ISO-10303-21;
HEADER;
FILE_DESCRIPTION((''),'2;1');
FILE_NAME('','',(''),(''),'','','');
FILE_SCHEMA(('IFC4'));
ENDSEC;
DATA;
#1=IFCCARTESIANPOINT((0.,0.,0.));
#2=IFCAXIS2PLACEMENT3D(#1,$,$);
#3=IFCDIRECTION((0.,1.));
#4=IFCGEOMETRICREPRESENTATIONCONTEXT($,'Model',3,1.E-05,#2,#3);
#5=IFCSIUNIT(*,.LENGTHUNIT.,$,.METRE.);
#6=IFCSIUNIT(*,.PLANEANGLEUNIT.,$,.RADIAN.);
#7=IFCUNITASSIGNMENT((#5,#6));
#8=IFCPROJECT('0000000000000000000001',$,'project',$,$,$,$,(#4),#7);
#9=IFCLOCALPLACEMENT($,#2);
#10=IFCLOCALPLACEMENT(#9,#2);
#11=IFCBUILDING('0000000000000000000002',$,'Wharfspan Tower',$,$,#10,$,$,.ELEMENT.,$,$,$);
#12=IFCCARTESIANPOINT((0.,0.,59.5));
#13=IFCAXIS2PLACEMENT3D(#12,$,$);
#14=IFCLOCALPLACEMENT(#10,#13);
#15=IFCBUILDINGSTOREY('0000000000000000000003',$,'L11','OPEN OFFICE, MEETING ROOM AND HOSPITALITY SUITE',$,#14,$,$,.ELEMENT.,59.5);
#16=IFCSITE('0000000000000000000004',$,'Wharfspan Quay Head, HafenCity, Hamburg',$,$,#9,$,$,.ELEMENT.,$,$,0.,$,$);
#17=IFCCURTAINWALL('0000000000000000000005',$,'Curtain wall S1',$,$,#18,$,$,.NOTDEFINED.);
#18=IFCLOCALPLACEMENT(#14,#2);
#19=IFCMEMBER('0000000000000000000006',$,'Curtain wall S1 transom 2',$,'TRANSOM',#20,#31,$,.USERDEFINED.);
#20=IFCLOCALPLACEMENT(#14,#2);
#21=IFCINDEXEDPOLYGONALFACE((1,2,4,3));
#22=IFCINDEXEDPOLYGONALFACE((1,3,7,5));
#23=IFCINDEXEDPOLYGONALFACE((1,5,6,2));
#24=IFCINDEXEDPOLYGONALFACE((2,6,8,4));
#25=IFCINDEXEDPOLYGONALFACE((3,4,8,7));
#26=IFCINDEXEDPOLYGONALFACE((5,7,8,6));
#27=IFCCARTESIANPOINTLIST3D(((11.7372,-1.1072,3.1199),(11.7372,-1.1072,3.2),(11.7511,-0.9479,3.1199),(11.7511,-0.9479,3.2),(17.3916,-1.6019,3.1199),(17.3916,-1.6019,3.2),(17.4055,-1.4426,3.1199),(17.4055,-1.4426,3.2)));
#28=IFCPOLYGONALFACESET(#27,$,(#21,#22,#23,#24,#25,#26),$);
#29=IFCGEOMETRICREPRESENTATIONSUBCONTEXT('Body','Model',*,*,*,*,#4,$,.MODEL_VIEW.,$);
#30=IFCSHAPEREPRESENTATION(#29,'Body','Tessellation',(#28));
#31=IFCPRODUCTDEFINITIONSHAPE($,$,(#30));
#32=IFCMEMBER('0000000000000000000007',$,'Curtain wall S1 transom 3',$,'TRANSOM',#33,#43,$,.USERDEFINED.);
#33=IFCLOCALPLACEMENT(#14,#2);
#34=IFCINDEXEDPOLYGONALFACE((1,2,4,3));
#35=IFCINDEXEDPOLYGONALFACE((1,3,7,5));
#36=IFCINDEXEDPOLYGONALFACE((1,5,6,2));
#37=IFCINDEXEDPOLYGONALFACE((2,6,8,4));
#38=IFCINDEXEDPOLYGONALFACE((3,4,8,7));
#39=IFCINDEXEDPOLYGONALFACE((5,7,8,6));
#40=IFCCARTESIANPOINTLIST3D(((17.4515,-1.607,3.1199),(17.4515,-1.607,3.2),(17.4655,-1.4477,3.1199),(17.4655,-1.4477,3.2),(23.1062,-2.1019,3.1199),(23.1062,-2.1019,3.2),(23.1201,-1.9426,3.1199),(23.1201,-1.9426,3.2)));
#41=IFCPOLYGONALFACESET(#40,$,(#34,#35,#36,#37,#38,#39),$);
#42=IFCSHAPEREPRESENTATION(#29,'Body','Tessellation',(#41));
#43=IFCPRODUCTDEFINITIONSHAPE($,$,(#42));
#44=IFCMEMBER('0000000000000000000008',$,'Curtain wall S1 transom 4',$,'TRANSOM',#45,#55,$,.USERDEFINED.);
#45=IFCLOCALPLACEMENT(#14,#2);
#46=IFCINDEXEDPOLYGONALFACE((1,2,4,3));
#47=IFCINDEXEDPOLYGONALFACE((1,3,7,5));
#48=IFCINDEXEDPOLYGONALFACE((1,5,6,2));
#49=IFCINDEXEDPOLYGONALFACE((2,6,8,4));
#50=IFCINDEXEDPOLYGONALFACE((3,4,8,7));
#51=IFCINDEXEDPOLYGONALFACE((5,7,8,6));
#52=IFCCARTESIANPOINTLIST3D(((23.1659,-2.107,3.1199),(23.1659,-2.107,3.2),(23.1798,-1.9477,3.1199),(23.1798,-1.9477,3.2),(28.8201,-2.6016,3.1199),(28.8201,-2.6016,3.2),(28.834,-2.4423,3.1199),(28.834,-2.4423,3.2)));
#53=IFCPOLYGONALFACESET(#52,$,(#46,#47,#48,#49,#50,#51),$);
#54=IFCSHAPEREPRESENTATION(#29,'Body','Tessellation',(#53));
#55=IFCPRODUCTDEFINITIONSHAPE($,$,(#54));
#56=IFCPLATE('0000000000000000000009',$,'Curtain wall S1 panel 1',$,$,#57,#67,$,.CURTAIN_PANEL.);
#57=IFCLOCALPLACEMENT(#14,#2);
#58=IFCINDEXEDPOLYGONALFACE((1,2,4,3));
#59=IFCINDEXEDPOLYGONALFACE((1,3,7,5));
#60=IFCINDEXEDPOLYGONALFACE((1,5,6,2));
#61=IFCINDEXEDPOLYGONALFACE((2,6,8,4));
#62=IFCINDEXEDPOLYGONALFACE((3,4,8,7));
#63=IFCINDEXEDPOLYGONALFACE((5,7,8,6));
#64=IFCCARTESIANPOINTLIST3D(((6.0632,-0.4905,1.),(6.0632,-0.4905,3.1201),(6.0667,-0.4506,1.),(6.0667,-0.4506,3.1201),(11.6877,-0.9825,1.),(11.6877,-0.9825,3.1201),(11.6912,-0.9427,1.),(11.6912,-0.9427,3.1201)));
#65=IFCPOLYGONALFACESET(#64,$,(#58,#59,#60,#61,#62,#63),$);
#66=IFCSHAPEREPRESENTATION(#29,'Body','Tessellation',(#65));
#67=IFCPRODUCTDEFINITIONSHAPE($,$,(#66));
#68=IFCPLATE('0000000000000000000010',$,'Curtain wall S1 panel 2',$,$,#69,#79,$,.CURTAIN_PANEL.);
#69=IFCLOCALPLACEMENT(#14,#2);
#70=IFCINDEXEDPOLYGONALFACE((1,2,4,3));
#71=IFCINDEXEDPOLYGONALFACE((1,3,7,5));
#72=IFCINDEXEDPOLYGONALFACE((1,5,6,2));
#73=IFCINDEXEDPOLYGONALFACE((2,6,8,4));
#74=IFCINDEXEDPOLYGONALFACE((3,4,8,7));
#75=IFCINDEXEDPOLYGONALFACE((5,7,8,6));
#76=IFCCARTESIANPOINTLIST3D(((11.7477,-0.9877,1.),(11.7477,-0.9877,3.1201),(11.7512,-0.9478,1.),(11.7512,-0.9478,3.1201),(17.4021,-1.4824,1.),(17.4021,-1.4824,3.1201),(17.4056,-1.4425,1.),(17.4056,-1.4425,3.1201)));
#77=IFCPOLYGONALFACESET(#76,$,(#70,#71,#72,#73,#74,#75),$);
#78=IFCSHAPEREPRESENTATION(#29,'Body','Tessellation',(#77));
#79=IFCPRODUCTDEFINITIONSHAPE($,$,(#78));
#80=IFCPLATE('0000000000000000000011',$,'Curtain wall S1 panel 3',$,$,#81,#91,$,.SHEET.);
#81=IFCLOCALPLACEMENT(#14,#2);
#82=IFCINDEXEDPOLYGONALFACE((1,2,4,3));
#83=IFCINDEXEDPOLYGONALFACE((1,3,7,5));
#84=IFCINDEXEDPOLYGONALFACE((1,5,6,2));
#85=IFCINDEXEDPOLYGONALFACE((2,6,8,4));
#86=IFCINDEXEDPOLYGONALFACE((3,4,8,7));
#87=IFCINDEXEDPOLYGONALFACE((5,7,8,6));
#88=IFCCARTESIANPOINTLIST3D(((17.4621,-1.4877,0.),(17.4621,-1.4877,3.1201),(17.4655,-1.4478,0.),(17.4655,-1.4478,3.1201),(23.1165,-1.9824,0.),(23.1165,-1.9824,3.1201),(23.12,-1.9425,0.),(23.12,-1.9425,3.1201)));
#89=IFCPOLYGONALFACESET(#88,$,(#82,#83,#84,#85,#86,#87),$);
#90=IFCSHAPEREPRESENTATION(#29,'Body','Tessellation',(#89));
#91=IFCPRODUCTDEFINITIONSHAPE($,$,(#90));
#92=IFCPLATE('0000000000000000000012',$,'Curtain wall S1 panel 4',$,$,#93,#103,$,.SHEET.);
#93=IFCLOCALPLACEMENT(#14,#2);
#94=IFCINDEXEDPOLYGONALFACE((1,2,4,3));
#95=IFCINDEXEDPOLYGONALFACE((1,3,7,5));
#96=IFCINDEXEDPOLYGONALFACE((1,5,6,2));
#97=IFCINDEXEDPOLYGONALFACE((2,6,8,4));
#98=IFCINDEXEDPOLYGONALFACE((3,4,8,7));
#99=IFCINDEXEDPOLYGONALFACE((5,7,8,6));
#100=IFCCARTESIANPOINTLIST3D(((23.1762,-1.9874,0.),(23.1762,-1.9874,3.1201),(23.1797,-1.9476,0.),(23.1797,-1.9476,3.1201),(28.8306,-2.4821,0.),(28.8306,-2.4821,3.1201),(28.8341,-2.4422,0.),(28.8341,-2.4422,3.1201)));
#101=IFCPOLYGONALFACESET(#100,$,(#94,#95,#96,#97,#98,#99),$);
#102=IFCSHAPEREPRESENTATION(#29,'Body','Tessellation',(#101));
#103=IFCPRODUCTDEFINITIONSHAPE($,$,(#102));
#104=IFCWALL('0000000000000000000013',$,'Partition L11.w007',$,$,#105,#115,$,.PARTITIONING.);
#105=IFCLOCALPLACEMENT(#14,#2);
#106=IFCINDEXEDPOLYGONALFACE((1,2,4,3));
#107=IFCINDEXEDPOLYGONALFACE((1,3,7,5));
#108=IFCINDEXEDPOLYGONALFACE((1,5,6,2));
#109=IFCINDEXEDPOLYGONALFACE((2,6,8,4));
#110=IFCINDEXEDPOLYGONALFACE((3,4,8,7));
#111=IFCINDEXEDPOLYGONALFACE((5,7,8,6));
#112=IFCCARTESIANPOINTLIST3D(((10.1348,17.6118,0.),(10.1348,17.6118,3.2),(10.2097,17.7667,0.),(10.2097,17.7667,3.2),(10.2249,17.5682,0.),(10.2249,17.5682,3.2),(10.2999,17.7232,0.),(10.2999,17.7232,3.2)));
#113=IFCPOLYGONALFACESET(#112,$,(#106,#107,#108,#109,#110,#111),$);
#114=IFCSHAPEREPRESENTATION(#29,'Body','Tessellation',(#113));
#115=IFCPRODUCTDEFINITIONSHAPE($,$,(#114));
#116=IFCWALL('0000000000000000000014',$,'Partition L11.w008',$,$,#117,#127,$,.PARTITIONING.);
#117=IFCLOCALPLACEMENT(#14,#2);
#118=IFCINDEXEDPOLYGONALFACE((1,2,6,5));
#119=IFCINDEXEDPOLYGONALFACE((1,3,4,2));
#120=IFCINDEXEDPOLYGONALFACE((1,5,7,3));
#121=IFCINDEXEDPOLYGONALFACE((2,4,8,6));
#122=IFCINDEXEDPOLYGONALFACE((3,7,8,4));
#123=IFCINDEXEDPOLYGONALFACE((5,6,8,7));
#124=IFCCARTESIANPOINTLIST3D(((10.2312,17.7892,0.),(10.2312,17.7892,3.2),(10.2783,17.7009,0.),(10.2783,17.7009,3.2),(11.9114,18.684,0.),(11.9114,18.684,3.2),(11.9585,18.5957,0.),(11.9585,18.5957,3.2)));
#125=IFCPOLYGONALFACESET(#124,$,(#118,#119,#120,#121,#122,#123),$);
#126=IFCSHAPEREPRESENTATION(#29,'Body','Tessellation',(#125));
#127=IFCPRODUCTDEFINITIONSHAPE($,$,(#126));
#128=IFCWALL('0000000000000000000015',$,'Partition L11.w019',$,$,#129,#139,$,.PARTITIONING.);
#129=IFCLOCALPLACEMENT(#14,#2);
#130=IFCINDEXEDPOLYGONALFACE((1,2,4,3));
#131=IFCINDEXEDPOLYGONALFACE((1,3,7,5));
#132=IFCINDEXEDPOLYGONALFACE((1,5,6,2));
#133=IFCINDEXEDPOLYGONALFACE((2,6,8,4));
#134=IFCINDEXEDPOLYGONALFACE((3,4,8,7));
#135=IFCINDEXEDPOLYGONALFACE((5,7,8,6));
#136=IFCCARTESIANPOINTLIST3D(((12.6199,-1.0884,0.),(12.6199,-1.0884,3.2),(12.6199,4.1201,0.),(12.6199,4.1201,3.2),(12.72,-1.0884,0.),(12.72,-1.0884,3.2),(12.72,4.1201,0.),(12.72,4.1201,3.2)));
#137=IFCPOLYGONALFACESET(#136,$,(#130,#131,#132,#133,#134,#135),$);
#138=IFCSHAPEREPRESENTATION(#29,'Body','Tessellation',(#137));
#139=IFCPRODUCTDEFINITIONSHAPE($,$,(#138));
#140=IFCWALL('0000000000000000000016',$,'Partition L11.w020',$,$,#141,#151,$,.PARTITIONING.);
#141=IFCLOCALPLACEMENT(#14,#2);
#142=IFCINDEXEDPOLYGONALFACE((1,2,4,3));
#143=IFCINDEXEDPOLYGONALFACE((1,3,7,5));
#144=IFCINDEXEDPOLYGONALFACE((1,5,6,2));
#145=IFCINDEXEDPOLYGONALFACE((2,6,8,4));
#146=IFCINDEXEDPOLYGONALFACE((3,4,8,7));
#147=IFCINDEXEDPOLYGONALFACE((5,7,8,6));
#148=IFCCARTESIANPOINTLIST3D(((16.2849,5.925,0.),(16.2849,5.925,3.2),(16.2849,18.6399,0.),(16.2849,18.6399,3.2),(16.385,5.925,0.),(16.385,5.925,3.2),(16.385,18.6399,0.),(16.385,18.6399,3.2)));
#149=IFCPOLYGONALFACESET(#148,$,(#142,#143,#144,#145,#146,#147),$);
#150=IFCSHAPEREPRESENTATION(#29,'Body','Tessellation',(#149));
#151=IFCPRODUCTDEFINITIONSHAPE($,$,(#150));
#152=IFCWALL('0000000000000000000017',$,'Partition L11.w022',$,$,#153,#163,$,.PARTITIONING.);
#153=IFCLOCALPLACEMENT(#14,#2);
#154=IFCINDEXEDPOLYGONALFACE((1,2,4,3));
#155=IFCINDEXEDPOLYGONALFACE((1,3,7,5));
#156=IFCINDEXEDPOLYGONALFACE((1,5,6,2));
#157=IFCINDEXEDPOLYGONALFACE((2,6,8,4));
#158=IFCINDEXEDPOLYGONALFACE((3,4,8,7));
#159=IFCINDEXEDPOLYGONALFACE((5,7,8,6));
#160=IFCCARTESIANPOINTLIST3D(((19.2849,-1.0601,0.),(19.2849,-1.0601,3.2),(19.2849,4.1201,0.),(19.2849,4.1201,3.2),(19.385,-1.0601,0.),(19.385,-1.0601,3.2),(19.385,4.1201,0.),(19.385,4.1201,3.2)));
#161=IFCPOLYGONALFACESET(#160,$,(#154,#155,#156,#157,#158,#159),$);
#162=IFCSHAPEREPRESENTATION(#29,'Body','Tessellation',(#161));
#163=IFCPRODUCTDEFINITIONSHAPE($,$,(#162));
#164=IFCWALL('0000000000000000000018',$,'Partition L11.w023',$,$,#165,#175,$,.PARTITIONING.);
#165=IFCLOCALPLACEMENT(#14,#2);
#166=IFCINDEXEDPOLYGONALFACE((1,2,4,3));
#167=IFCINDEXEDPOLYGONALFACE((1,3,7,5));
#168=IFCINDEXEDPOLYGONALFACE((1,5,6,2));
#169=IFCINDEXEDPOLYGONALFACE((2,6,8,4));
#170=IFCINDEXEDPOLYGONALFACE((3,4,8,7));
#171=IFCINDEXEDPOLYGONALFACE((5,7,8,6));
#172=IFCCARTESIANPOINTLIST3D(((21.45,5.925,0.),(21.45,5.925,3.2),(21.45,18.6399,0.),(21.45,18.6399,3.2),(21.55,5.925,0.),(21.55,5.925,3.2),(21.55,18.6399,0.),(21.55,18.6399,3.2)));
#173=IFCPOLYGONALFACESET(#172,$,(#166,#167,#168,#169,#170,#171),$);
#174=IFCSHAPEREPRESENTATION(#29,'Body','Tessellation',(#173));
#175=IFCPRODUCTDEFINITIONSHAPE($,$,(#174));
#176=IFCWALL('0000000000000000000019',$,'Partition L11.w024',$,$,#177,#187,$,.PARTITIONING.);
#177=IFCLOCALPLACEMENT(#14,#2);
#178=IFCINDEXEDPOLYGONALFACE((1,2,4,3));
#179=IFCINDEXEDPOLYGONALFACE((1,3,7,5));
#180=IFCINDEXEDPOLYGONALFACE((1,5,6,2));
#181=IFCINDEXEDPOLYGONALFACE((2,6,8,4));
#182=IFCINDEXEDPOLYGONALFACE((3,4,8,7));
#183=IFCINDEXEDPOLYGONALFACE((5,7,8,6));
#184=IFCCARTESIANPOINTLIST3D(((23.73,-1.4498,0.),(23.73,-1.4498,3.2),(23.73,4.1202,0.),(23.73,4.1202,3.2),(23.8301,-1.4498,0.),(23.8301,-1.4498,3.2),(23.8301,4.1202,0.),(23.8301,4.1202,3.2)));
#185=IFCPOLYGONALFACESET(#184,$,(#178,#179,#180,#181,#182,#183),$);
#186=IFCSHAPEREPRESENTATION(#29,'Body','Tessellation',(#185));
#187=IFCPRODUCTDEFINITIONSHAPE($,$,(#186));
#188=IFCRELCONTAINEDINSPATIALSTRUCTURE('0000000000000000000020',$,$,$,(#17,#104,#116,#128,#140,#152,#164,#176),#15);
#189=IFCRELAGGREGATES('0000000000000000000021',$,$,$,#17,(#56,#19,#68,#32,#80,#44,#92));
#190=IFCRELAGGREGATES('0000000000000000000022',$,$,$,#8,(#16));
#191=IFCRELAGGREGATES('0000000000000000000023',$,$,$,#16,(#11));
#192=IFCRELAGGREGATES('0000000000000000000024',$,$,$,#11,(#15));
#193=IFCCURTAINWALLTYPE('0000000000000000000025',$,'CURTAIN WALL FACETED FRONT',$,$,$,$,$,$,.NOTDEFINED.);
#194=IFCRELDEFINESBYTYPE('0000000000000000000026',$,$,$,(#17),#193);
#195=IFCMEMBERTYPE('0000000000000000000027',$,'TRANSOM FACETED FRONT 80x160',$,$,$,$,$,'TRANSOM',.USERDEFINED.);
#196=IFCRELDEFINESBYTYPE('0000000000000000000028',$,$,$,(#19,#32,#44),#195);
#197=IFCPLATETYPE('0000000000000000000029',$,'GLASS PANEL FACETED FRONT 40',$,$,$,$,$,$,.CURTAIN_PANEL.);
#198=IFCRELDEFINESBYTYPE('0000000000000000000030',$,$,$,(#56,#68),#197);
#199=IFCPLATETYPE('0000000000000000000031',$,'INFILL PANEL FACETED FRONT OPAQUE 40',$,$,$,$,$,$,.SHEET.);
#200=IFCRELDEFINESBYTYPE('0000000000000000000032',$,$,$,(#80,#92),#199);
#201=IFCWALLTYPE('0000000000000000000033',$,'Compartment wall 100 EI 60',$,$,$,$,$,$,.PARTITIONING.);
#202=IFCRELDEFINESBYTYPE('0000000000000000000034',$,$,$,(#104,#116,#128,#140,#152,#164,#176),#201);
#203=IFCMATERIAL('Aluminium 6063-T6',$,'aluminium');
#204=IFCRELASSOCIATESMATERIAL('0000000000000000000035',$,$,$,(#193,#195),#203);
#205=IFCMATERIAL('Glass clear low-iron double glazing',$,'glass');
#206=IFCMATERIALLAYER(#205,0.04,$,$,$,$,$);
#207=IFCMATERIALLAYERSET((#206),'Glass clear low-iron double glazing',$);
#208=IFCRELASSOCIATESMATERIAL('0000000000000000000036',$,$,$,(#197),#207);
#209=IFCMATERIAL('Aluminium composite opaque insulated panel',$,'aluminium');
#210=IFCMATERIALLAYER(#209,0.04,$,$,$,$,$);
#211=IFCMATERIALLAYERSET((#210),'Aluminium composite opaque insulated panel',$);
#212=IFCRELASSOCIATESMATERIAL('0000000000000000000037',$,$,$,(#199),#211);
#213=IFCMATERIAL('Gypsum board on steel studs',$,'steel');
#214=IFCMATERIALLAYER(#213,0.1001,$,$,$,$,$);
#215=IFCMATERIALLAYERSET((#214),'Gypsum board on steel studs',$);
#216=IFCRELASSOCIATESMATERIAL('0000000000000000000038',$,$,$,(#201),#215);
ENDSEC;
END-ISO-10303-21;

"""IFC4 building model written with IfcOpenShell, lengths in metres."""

from ifc_helpers import new_model, si_unit, direction, frame, frame_2d, origin, origin_2d, place, context, subcontext, project, spatial, rectangle, extrude, material, layer, layer_set, material_profile, profile_set, type_object, element, aggregate, save


model = new_model("IFC4")

# Units and contexts
model_context = context("Model", 3, precision=1e-05, world=origin(), true_north=direction((0.0, 1.0)))
body_context = subcontext(model_context, "Body", "Model", "MODEL_VIEW")
ifc_project = project(units=[si_unit("LENGTHUNIT", "METRE"), si_unit("PLANEANGLEUNIT", "RADIAN")], contexts=[model_context])

# Site, building, storey
site_placement = place(None, origin())
site = spatial("IfcSite", under=ifc_project, at=site_placement, Name="Wharfspan Quay Head, HafenCity, Hamburg", CompositionType="ELEMENT", RefElevation=0.0)
building_placement = place(site_placement, origin())
building = spatial("IfcBuilding", under=site, at=building_placement, Name="Wharfspan Tower", CompositionType="ELEMENT")
storey_placement = place(building_placement, frame((0.0, 0.0, 59.5)))
storey = spatial("IfcBuildingStorey", under=building, at=storey_placement, Name="L11", Description="OPEN OFFICE, MEETING ROOM AND HOSPITALITY SUITE", CompositionType="ELEMENT", Elevation=59.5)

# Curtain wall
ifc_material_1 = material(Name="Aluminium 6063-T6", Category="aluminium")
curtain_wall_type = type_object("IfcCurtainWallType", Name="CURTAIN WALL FACETED FRONT", PredefinedType="NOTDEFINED", material=ifc_material_1)
curtain_wall_placement = place(storey_placement, origin())
curtain_wall = element("IfcCurtainWall", 1, at=curtain_wall_placement, inside=storey, type_object=curtain_wall_type, Name="Curtain wall S1", PredefinedType="NOTDEFINED")

# Members
ifc_material_profile_1 = material_profile(ifc_material_1, rectangle(XDim=0.1599, YDim=0.0801, at=origin_2d()))
ifc_profile_set_1 = profile_set([ifc_material_profile_1], Name="Aluminium 6063-T6")
member_type_1 = type_object("IfcMemberType", Name="TRANSOM FACETED FRONT 80x160", ElementType="TRANSOM", PredefinedType="USERDEFINED", material=ifc_profile_set_1)
member_1_placement = place(storey_placement, frame((11.7441, -1.0276, 3.1599), z_axis=(0.996196, -0.087142, 0.0), x_axis=(0.087142, 0.996196, 0.0)))
member_1 = element("IfcMember", 2, at=member_1_placement, type_object=member_type_1, Name="Curtain wall S1 transom 2", ObjectType="TRANSOM", PredefinedType="USERDEFINED", context=body_context, shape_type="SweptSolid", body=[
    extrude(rectangle(XDim=0.1599, YDim=0.0801, at=origin_2d()), origin(), (0.0, 0.0, 1.0), 5.676),
])
member_2_placement = place(storey_placement, frame((17.4585, -1.5273, 3.1599), z_axis=(0.996192, -0.087185, 0.0), x_axis=(0.087185, 0.996192, 0.0)))
member_2 = element("IfcMember", 3, at=member_2_placement, type_object=member_type_1, Name="Curtain wall S1 transom 3", ObjectType="TRANSOM", PredefinedType="USERDEFINED", context=body_context, shape_type="SweptSolid", body=[
    extrude(rectangle(XDim=0.1599, YDim=0.0801, at=origin_2d()), origin(), (0.0, 0.0, 1.0), 5.6763),
])
member_3_placement = place(storey_placement, frame((23.1729, -2.0273, 3.1599), z_axis=(0.996196, -0.087146, 0.0), x_axis=(0.087146, 0.996196, 0.0)))
member_3 = element("IfcMember", 4, at=member_3_placement, type_object=member_type_1, Name="Curtain wall S1 transom 4", ObjectType="TRANSOM", PredefinedType="USERDEFINED", context=body_context, shape_type="SweptSolid", body=[
    extrude(rectangle(XDim=0.1599, YDim=0.0801, at=origin_2d()), origin(), (0.0, 0.0, 1.0), 5.6758),
])

# Plates
ifc_material_2 = material(Name="Glass clear low-iron double glazing", Category="glass")
ifc_layer_1 = layer(ifc_material_2, 0.04)
ifc_layer_set_1 = layer_set([ifc_layer_1], Name="Glass clear low-iron double glazing")
plate_type_1 = type_object("IfcPlateType", Name="GLASS PANEL FACETED FRONT 40", PredefinedType="CURTAIN_PANEL", material=ifc_layer_set_1)
plate_1_placement = place(storey_placement, frame((8.8772, -0.7166, 1.0), z_axis=(0.0, 0.0, 1.0), x_axis=(0.996197, -0.087156, 0.0)))
plate_1 = element("IfcPlate", 5, at=plate_1_placement, type_object=plate_type_1, Name="Curtain wall S1 panel 1", PredefinedType="CURTAIN_PANEL", context=body_context, shape_type="SweptSolid", body=[
    extrude(rectangle(XDim=5.646, YDim=0.04, at=origin_2d()), origin(), (0.0, 0.0, 1.0), 2.1201),
])
plate_2_placement = place(storey_placement, frame((14.5767, -1.2151, 1.0), z_axis=(0.0, 0.0, 1.0), x_axis=(0.996197, -0.087156, 0.0)))
plate_2 = element("IfcPlate", 6, at=plate_2_placement, type_object=plate_type_1, Name="Curtain wall S1 panel 2", PredefinedType="CURTAIN_PANEL", context=body_context, shape_type="SweptSolid", body=[
    extrude(rectangle(XDim=5.676, YDim=0.04, at=origin_2d()), origin(), (0.0, 0.0, 1.0), 2.1201),
])
ifc_material_3 = material(Name="Aluminium composite opaque insulated panel", Category="aluminium")
ifc_layer_2 = layer(ifc_material_3, 0.04)
ifc_layer_set_2 = layer_set([ifc_layer_2], Name="Aluminium composite opaque insulated panel")
plate_type_2 = type_object("IfcPlateType", Name="INFILL PANEL FACETED FRONT OPAQUE 40", PredefinedType="SHEET", material=ifc_layer_set_2)
plate_3_placement = place(storey_placement, frame((20.291, -1.7151, 0.0), z_axis=(0.0, 0.0, 1.0), x_axis=(0.996197, -0.087156, 0.0)))
plate_3 = element("IfcPlate", 7, at=plate_3_placement, type_object=plate_type_2, Name="Curtain wall S1 panel 3", PredefinedType="SHEET", context=body_context, shape_type="SweptSolid", body=[
    extrude(rectangle(XDim=5.676, YDim=0.04, at=origin_2d()), origin(), (0.0, 0.0, 1.0), 3.1201),
])
plate_4_placement = place(storey_placement, frame((26.0051, -2.2148, 0.0), z_axis=(0.0, 0.0, 1.0), x_axis=(0.996197, -0.087156, 0.0)))
plate_4 = element("IfcPlate", 8, at=plate_4_placement, type_object=plate_type_2, Name="Curtain wall S1 panel 4", PredefinedType="SHEET", context=body_context, shape_type="SweptSolid", body=[
    extrude(rectangle(XDim=5.676, YDim=0.04, at=origin_2d()), origin(), (0.0, 0.0, 1.0), 3.1201),
])
aggregate(curtain_wall, [plate_1, member_1, plate_2, member_2, plate_3, member_3, plate_4])

# Walls
ifc_material_4 = material(Name="Gypsum board on steel studs", Category="steel")
ifc_layer_3 = layer(ifc_material_4, 0.1001)
ifc_layer_set_3 = layer_set([ifc_layer_3], Name="Gypsum board on steel studs")
wall_type = type_object("IfcWallType", Name="Compartment wall 100 EI 60", PredefinedType="PARTITIONING", material=ifc_layer_set_3)
wall_1_placement = place(storey_placement, frame((10.1799, 17.5901, 0.0), z_axis=(0.0, 0.0, 1.0), x_axis=(0.435266, 0.900306, 0.0)))
element("IfcWall", 9, at=wall_1_placement, inside=storey, type_object=wall_type, Name="Partition L11.w007", PredefinedType="PARTITIONING", context=body_context, shape_type="SweptSolid", body=[
    extrude(rectangle(XDim=0.1721, YDim=0.1001, at=frame_2d((0.0859, 0.0))), origin(), (0.0, 0.0, 1.0), 3.2),
])
wall_2_placement = place(storey_placement, frame((10.2549, 17.7451, 0.0), z_axis=(0.0, 0.0, 1.0), x_axis=(0.882644, 0.470051, 0.0)))
element("IfcWall", 10, at=wall_2_placement, inside=storey, type_object=wall_type, Name="Partition L11.w008", PredefinedType="PARTITIONING", context=body_context, shape_type="SweptSolid", body=[
    extrude(rectangle(XDim=1.9036, YDim=0.1001, at=frame_2d((0.9517, 0.0))), origin(), (0.0, 0.0, 1.0), 3.2),
])
wall_3_placement = place(storey_placement, frame((12.6699, -1.0884, 0.0), z_axis=(0.0, 0.0, 1.0), x_axis=(0.0, 1.0, 0.0)))
element("IfcWall", 11, at=wall_3_placement, inside=storey, type_object=wall_type, Name="Partition L11.w019", PredefinedType="PARTITIONING", context=body_context, shape_type="SweptSolid", body=[
    extrude(rectangle(XDim=5.2085, YDim=0.1001, at=frame_2d((2.6042, 0.0))), origin(), (0.0, 0.0, 1.0), 3.2),
])
wall_4_placement = place(storey_placement, frame((16.335, 5.925, 0.0), z_axis=(0.0, 0.0, 1.0), x_axis=(0.0, 1.0, 0.0)))
element("IfcWall", 12, at=wall_4_placement, inside=storey, type_object=wall_type, Name="Partition L11.w020", PredefinedType="PARTITIONING", context=body_context, shape_type="SweptSolid", body=[
    extrude(rectangle(XDim=12.7148, YDim=0.1001, at=frame_2d((6.3574, 0.0))), origin(), (0.0, 0.0, 1.0), 3.2),
])
wall_5_placement = place(storey_placement, frame((19.335, -1.0601, 0.0), z_axis=(0.0, 0.0, 1.0), x_axis=(0.0, 1.0, 0.0)))
element("IfcWall", 13, at=wall_5_placement, inside=storey, type_object=wall_type, Name="Partition L11.w022", PredefinedType="PARTITIONING", context=body_context, shape_type="SweptSolid", body=[
    extrude(rectangle(XDim=5.1802, YDim=0.1001, at=frame_2d((2.5901, 0.0))), origin(), (0.0, 0.0, 1.0), 3.2),
])
wall_6_placement = place(storey_placement, frame((21.5, 5.925, 0.0), z_axis=(0.0, 0.0, 1.0), x_axis=(0.0, 1.0, 0.0)))
element("IfcWall", 14, at=wall_6_placement, inside=storey, type_object=wall_type, Name="Partition L11.w023", PredefinedType="PARTITIONING", context=body_context, shape_type="SweptSolid", body=[
    extrude(rectangle(XDim=12.7148, YDim=0.1001, at=frame_2d((6.3574, 0.0))), origin(), (0.0, 0.0, 1.0), 3.2),
])
wall_7_placement = place(storey_placement, frame((23.78, -1.45, 0.0), z_axis=(0.0, 0.0, 1.0), x_axis=(0.0, 1.0, 0.0)))
element("IfcWall", 15, at=wall_7_placement, inside=storey, type_object=wall_type, Name="Partition L11.w024", PredefinedType="PARTITIONING", context=body_context, shape_type="SweptSolid", body=[
    extrude(rectangle(XDim=5.5701, YDim=0.1001, at=frame_2d((2.7852, 0.0))), origin(), (0.0, 0.0, 1.0), 3.2),
])

save(model, "model.ifc")
